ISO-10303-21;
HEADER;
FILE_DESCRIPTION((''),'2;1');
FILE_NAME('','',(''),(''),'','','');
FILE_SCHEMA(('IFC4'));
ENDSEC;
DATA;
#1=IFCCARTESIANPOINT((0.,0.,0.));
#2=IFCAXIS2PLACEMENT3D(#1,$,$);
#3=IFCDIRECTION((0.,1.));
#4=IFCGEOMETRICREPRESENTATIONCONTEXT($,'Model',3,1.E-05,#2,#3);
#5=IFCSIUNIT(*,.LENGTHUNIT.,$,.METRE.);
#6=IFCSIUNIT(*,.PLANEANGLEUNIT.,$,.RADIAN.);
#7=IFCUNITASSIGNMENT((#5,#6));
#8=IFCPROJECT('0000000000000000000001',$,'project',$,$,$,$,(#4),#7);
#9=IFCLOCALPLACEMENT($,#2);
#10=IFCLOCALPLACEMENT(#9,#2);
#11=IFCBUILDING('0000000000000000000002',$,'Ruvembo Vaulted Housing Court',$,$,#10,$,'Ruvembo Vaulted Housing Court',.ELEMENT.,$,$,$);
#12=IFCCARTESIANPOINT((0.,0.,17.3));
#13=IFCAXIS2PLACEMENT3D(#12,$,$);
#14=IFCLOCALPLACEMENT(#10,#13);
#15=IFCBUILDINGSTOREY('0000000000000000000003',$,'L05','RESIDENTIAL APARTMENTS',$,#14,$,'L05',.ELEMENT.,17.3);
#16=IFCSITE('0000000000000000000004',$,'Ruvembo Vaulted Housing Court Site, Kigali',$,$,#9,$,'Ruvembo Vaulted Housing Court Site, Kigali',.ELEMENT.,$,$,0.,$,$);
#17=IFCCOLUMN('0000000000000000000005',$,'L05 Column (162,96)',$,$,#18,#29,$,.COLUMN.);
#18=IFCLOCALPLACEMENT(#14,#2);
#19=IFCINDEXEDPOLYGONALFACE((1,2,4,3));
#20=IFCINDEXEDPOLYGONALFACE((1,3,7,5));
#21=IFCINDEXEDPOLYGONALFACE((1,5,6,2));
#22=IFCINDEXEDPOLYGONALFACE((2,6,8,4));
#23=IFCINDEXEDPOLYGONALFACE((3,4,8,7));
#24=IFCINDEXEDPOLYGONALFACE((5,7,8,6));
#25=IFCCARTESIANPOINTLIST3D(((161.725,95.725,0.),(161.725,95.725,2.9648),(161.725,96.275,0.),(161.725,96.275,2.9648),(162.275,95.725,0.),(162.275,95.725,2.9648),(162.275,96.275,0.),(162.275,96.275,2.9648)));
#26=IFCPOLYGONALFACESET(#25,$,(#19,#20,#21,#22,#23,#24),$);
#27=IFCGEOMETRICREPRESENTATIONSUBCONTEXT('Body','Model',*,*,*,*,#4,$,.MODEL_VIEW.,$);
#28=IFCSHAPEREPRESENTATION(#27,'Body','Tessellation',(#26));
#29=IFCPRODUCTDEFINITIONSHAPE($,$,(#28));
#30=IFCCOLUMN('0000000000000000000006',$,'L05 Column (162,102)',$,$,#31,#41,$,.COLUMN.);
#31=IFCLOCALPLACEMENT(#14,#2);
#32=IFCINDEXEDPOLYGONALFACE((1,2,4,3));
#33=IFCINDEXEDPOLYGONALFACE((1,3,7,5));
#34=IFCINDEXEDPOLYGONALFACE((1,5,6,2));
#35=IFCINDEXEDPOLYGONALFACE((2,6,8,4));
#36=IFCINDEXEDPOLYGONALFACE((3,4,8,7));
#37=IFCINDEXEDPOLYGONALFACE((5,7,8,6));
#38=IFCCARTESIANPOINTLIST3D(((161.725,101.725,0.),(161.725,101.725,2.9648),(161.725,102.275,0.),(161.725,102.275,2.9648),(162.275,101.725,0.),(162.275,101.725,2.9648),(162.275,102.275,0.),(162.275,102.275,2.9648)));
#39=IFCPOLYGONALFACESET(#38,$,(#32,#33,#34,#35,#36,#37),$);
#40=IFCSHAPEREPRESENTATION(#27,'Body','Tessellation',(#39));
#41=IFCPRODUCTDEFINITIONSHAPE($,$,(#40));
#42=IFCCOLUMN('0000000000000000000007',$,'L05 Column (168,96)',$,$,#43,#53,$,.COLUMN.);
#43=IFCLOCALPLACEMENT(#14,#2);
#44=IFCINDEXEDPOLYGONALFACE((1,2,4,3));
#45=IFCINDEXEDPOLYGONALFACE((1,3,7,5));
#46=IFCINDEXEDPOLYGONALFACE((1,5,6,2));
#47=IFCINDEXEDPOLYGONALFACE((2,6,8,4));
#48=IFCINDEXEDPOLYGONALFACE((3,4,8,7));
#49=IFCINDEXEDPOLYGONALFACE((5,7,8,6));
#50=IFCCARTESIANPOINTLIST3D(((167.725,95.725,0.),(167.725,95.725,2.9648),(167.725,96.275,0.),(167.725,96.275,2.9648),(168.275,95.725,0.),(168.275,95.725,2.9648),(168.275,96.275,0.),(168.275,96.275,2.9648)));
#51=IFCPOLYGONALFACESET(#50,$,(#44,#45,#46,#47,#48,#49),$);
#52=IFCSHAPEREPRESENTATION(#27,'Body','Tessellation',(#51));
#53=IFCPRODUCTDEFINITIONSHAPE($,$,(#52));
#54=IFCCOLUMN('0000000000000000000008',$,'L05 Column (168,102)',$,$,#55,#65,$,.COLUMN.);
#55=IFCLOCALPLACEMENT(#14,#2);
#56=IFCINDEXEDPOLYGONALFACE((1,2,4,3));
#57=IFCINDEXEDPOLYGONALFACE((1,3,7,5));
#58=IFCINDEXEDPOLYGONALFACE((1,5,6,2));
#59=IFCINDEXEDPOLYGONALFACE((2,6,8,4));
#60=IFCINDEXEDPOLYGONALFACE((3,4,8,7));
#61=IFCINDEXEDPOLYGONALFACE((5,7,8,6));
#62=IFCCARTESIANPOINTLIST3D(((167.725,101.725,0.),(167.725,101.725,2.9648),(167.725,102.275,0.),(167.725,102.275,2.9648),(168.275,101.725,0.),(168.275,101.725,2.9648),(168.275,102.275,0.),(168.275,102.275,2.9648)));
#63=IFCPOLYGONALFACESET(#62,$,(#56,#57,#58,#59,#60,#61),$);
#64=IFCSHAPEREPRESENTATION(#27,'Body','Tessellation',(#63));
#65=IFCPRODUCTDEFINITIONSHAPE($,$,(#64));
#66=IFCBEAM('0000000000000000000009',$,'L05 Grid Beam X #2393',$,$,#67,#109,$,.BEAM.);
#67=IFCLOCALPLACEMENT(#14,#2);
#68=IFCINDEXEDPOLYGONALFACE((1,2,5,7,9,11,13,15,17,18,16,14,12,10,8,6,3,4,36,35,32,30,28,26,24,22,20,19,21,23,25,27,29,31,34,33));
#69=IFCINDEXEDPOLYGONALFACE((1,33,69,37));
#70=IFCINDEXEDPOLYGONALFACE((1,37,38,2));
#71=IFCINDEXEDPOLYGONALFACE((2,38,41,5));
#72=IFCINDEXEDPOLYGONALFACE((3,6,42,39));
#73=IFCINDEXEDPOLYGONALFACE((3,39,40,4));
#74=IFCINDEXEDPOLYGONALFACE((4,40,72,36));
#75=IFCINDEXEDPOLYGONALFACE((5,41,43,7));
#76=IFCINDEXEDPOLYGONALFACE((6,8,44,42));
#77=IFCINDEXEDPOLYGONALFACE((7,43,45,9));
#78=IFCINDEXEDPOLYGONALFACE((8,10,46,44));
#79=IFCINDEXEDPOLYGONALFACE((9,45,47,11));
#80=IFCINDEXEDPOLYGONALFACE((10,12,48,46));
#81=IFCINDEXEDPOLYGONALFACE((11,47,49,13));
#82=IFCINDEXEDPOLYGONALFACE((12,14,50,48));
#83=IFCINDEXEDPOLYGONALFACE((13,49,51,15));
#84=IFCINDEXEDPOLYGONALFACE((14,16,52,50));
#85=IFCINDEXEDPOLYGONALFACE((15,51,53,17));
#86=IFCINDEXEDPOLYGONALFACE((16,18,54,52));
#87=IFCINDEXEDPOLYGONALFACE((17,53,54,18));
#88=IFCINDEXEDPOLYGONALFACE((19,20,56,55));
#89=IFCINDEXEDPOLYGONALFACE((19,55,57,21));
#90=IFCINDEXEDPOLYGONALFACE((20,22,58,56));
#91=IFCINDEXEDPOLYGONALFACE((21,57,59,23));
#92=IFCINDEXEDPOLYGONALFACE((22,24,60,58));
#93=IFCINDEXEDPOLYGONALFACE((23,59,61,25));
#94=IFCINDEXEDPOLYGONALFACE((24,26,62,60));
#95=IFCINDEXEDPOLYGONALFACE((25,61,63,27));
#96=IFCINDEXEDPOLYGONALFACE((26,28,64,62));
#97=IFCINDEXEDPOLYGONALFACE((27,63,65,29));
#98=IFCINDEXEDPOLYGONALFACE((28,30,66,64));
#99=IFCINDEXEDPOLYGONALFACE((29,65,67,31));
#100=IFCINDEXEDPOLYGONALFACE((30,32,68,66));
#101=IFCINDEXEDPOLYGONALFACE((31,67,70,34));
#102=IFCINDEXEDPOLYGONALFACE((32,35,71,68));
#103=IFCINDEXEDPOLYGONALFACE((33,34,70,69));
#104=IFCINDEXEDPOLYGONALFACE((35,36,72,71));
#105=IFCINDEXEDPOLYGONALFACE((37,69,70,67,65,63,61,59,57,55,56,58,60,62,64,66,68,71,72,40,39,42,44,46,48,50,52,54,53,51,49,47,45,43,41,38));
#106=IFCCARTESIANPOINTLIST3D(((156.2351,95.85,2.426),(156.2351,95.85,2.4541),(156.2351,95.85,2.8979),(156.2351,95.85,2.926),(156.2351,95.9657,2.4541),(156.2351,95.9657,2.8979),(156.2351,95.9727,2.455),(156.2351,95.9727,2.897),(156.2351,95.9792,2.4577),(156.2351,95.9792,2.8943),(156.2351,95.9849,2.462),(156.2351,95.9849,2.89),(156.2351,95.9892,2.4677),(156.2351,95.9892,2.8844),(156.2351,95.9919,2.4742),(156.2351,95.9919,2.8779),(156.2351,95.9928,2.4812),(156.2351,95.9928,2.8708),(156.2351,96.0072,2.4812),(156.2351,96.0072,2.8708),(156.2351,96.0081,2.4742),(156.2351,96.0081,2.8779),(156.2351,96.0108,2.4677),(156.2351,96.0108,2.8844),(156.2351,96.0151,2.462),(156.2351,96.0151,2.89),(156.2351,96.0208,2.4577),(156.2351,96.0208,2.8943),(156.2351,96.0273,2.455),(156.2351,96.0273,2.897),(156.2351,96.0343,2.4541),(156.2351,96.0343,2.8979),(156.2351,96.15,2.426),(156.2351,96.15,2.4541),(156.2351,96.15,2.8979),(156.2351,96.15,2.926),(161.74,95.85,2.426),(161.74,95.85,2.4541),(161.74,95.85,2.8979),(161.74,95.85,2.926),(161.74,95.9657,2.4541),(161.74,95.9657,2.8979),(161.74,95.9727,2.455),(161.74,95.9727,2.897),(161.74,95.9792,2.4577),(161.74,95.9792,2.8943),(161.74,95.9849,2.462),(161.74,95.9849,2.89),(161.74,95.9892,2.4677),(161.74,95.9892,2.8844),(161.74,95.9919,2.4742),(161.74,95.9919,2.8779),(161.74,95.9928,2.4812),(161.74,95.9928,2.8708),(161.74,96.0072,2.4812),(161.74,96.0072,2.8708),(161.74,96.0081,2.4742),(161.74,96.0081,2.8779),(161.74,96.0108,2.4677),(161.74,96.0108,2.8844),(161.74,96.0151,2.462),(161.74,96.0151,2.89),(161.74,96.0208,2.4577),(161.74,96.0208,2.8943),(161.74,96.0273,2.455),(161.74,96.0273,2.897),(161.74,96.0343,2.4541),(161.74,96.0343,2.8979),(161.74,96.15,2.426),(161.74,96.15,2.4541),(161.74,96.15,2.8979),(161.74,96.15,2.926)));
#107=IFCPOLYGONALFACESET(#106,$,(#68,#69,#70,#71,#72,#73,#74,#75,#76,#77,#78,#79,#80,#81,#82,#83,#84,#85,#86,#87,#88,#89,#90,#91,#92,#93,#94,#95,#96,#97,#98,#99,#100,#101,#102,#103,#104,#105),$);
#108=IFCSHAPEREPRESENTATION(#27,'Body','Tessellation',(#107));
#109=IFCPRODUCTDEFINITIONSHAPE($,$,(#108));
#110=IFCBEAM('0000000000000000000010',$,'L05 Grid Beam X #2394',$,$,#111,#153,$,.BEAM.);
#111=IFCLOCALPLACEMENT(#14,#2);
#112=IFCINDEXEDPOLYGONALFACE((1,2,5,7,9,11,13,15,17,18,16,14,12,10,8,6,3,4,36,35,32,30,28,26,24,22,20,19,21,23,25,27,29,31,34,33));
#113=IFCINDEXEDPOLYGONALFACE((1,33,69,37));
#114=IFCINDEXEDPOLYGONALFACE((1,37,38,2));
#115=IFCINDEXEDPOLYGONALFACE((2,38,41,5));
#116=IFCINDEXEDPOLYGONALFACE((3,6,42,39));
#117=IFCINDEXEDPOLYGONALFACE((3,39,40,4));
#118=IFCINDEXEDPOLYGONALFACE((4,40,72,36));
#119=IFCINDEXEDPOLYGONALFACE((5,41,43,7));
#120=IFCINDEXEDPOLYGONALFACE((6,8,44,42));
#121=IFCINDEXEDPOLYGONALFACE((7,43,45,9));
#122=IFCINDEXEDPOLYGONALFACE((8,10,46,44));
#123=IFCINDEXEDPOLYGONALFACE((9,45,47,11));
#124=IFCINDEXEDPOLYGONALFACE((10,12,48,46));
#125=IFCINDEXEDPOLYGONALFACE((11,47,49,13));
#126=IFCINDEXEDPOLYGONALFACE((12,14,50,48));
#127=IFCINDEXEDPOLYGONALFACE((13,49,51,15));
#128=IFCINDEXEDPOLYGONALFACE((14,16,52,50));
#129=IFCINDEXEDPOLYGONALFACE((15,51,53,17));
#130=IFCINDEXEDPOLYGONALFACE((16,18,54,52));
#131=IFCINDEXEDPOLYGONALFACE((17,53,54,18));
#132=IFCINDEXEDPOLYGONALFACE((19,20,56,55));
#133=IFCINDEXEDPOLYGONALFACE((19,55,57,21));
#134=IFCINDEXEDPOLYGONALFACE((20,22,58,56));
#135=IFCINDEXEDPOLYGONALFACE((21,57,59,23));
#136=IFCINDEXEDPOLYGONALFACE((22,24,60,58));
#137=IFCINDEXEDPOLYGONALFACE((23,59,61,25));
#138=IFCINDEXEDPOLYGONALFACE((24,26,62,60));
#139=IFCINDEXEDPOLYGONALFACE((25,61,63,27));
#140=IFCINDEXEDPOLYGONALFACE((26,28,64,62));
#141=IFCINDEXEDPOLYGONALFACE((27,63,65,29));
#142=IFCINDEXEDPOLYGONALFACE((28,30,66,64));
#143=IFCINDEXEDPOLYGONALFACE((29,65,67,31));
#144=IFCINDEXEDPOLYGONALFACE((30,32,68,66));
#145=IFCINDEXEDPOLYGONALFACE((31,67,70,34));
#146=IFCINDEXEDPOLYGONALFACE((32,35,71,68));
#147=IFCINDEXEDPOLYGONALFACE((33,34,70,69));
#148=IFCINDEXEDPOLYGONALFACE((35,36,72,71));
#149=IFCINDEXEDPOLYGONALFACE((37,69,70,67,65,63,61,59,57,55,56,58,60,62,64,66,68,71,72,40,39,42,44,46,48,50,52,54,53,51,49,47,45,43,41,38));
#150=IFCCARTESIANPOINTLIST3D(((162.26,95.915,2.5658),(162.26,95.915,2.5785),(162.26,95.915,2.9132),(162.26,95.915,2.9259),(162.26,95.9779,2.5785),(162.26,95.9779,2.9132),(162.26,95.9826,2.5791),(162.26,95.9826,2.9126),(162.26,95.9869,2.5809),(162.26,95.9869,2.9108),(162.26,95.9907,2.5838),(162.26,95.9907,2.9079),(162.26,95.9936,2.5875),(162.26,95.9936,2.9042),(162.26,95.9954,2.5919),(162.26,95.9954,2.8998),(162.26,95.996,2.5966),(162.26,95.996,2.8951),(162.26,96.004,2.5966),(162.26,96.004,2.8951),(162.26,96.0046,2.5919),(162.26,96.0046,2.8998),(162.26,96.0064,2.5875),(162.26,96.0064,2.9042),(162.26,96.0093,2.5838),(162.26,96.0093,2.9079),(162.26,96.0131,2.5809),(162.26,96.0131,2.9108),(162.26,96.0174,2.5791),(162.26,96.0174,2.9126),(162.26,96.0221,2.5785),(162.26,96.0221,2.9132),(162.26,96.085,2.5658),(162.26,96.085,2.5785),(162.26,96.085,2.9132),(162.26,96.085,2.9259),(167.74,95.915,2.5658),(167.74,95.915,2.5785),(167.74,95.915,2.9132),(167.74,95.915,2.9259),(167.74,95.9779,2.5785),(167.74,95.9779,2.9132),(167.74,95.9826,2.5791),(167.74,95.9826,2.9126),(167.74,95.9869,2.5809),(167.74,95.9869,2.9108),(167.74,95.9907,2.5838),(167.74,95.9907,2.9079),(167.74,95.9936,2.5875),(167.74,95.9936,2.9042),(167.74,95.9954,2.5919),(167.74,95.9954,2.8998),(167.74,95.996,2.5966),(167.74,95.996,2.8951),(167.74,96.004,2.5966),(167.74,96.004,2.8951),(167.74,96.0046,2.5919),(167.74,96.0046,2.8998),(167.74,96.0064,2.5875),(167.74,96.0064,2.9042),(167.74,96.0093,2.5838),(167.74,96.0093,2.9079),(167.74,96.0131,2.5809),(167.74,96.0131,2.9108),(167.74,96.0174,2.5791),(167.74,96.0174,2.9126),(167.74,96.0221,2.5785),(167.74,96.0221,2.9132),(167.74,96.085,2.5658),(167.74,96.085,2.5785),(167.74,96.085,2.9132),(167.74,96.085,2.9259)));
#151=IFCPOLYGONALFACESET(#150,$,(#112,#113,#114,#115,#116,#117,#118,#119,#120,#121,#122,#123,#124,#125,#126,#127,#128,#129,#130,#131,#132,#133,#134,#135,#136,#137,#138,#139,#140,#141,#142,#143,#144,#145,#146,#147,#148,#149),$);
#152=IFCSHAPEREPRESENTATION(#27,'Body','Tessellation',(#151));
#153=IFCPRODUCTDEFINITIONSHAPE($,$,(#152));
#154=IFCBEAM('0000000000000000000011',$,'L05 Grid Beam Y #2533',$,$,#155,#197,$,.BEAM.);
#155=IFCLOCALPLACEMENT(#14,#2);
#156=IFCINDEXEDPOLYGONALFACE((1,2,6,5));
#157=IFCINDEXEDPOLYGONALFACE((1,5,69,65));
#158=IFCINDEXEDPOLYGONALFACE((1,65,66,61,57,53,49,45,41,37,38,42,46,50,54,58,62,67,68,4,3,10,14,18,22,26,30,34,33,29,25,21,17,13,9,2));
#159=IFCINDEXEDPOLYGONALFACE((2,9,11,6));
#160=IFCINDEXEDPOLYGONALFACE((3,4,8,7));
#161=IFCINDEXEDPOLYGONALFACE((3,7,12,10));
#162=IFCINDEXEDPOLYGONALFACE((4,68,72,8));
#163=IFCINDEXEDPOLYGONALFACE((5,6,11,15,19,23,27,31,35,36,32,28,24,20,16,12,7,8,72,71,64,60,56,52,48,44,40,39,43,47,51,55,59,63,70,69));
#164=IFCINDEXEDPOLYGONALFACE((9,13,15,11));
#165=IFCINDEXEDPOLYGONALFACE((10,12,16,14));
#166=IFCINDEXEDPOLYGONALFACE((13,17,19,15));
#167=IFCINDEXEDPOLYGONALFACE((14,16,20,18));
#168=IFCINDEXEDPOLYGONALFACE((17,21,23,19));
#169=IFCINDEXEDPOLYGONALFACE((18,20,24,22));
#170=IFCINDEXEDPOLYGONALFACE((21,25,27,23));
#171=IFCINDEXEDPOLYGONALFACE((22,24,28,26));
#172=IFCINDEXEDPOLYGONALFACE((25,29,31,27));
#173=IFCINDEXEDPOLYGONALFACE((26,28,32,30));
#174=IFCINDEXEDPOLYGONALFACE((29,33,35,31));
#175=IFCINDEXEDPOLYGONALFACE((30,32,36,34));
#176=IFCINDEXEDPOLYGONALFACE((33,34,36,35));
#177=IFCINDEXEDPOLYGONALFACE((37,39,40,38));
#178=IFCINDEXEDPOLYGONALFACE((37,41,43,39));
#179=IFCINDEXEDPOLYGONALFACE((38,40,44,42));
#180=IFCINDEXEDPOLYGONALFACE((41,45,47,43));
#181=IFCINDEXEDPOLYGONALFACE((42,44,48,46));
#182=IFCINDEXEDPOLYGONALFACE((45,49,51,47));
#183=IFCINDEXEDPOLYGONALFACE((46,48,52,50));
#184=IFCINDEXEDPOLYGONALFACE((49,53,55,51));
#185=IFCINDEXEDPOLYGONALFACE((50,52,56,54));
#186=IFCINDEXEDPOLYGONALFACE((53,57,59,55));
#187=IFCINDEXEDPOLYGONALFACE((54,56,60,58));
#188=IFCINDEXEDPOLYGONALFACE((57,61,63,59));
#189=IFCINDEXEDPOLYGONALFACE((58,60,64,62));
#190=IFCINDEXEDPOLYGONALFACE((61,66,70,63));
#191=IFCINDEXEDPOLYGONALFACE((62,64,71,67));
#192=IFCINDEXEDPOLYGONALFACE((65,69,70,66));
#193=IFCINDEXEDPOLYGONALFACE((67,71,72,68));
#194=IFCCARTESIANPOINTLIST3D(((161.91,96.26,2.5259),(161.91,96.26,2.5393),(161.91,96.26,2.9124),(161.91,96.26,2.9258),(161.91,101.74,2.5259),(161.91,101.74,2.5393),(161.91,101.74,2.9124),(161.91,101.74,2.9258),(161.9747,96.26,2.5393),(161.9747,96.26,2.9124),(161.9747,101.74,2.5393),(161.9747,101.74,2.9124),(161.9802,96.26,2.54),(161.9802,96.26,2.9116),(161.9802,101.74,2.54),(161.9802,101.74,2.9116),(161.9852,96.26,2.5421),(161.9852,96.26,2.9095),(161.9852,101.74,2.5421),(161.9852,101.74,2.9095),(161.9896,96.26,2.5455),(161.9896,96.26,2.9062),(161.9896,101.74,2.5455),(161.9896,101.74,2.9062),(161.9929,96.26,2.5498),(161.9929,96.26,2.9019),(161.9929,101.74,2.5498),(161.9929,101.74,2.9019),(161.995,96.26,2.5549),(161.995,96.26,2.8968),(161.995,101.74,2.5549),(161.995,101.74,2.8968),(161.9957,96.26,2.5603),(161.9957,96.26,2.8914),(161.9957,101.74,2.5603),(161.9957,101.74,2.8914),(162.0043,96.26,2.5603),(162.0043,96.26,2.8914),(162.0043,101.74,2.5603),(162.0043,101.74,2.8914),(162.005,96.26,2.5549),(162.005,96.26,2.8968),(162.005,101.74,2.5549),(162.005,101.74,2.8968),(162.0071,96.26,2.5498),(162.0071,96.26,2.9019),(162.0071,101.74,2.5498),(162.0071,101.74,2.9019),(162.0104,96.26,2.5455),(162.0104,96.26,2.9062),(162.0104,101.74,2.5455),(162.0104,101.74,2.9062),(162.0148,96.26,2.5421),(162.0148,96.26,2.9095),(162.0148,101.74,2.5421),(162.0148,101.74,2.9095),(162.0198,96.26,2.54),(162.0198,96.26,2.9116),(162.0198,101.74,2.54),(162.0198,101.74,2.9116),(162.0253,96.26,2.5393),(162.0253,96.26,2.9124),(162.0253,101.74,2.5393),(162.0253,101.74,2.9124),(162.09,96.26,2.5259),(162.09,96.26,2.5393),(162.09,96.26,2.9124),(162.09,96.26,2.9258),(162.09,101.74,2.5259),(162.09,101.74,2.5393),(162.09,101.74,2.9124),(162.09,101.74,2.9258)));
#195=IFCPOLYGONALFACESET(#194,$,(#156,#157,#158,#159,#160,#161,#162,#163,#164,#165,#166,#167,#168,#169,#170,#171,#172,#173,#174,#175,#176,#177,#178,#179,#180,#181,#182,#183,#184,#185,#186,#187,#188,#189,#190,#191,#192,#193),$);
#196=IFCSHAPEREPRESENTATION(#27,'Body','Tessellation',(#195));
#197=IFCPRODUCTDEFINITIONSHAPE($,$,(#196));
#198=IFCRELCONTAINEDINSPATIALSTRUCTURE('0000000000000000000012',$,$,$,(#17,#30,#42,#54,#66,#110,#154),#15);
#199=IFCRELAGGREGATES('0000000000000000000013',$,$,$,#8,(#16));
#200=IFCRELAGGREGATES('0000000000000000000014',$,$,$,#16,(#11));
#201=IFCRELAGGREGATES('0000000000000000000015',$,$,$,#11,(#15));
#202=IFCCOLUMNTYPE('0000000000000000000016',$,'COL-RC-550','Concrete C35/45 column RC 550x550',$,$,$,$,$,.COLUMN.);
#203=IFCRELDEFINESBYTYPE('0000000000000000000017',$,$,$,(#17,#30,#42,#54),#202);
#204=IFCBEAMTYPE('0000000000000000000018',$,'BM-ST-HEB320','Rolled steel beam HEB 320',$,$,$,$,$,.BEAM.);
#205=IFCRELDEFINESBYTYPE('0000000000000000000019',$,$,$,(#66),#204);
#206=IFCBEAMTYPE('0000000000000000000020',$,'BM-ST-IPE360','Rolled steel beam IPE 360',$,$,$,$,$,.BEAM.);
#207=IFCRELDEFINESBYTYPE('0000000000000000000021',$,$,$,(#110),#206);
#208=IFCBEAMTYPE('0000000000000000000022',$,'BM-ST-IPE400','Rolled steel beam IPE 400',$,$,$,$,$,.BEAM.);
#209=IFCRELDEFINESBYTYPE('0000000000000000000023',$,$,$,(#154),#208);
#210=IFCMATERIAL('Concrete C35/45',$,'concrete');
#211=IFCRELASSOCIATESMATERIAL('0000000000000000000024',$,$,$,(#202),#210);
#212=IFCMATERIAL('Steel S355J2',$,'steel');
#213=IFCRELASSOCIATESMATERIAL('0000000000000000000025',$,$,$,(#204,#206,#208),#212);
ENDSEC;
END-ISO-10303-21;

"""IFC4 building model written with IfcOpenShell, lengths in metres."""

from ifc_helpers import new_model, si_unit, direction, frame, origin, origin_2d, place, context, subcontext, project, spatial, rectangle, i_section, extrude, material, material_profile, profile_set, type_object, element, save


model = new_model("IFC4")

# Units and contexts
model_context = context("Model", 3, precision=1e-05, world=origin(), true_north=direction((0.0, 1.0)))
body_context = subcontext(model_context, "Body", "Model", "MODEL_VIEW")
ifc_project = project(units=[si_unit("LENGTHUNIT", "METRE"), si_unit("PLANEANGLEUNIT", "RADIAN")], contexts=[model_context])

# Site, building, storey
site_placement = place(None, origin())
site = spatial("IfcSite", under=ifc_project, at=site_placement, Name="Ruvembo Vaulted Housing Court Site, Kigali", LongName="Ruvembo Vaulted Housing Court Site, Kigali", CompositionType="ELEMENT", RefElevation=0.0)
building_placement = place(site_placement, origin())
building = spatial("IfcBuilding", under=site, at=building_placement, Name="Ruvembo Vaulted Housing Court", LongName="Ruvembo Vaulted Housing Court", CompositionType="ELEMENT")
storey_placement = place(building_placement, frame((0.0, 0.0, 17.3)))
storey = spatial("IfcBuildingStorey", under=building, at=storey_placement, Name="L05", Description="RESIDENTIAL APARTMENTS", LongName="L05", CompositionType="ELEMENT", Elevation=17.3)

# Columns
ifc_material_1 = material(Name="Concrete C35/45", Category="concrete")
ifc_material_profile_1 = material_profile(ifc_material_1, rectangle(XDim=0.55, YDim=0.55, at=origin_2d()), Name="RC 550x550")
ifc_profile_set_1 = profile_set([ifc_material_profile_1], Name="Concrete C35/45")
column_type = type_object("IfcColumnType", Name="COL-RC-550", Description="Concrete C35/45 column RC 550x550", PredefinedType="COLUMN", material=ifc_profile_set_1)
for number, where, z_axis, x_axis, name in (
    (1, (162.0, 96.0, 0.0), (0.0, 0.0, 1.0), (1.0, 0.0, 0.0), "L05 Column (162,96)"),
    (2, (162.0, 102.0, 0.0), (0.0, 0.0, 1.0), (1.0, 0.0, 0.0), "L05 Column (162,102)"),
    (3, (168.0, 96.0, 0.0), (0.0, 0.0, 1.0), (1.0, 0.0, 0.0), "L05 Column (168,96)"),
    (4, (168.0, 102.0, 0.0), (0.0, 0.0, 1.0), (1.0, 0.0, 0.0), "L05 Column (168,102)"),
):
    element("IfcColumn", number, at=place(storey_placement, frame(where, z_axis=z_axis, x_axis=x_axis)), inside=storey, type_object=column_type, Name=name, PredefinedType="COLUMN", context=body_context, shape_type="SweptSolid", body=[
        extrude(rectangle(XDim=0.55, YDim=0.55, at=origin_2d()), origin(), (0.0, 0.0, 1.0), 2.9648),
    ])

# Beams
ifc_material_2 = material(Name="Steel S355J2", Category="steel")
ifc_material_profile_2 = material_profile(ifc_material_2, i_section(OverallWidth=0.3, OverallDepth=0.5, WebThickness=0.0144, FlangeThickness=0.0281, FilletRadius=0.0271, at=origin_2d()), Name="HEB 320")
ifc_profile_set_2 = profile_set([ifc_material_profile_2], Name="Steel S355J2")
beam_type_1 = type_object("IfcBeamType", Name="BM-ST-HEB320", Description="Rolled steel beam HEB 320", PredefinedType="BEAM", material=ifc_profile_set_2)
beam_1_placement = place(storey_placement, frame((156.2351, 96.0, 2.676), z_axis=(1.0, 0.0, 0.0), x_axis=(0.0, 1.0, 0.0)))
element("IfcBeam", 5, at=beam_1_placement, inside=storey, type_object=beam_type_1, Name="L05 Grid Beam X #2393", PredefinedType="BEAM", context=body_context, shape_type="SweptSolid", body=[
    extrude(i_section(OverallWidth=0.3, OverallDepth=0.5, WebThickness=0.0144, FlangeThickness=0.0281, FilletRadius=0.0271, at=origin_2d()), origin(), (0.0, 0.0, 1.0), 5.5049),
])
ifc_material_profile_3 = material_profile(ifc_material_2, i_section(OverallWidth=0.1699, OverallDepth=0.3601, WebThickness=0.0081, FlangeThickness=0.0127, FilletRadius=0.0181, at=origin_2d()), Name="IPE 360")
ifc_profile_set_3 = profile_set([ifc_material_profile_3], Name="Steel S355J2")
beam_type_2 = type_object("IfcBeamType", Name="BM-ST-IPE360", Description="Rolled steel beam IPE 360", PredefinedType="BEAM", material=ifc_profile_set_3)
beam_2_placement = place(storey_placement, frame((162.26, 96.0, 2.7458), z_axis=(1.0, 0.0, 0.0), x_axis=(0.0, 1.0, 0.0)))
element("IfcBeam", 6, at=beam_2_placement, inside=storey, type_object=beam_type_2, Name="L05 Grid Beam X #2394", PredefinedType="BEAM", context=body_context, shape_type="SweptSolid", body=[
    extrude(i_section(OverallWidth=0.1699, OverallDepth=0.3601, WebThickness=0.0081, FlangeThickness=0.0127, FilletRadius=0.0181, at=origin_2d()), origin(), (0.0, 0.0, 1.0), 5.48),
])
ifc_material_profile_4 = material_profile(ifc_material_2, i_section(OverallWidth=0.1799, OverallDepth=0.3999, WebThickness=0.0085, FlangeThickness=0.0134, FilletRadius=0.021, at=origin_2d()), Name="IPE 400")
ifc_profile_set_4 = profile_set([ifc_material_profile_4], Name="Steel S355J2")
beam_type_3 = type_object("IfcBeamType", Name="BM-ST-IPE400", Description="Rolled steel beam IPE 400", PredefinedType="BEAM", material=ifc_profile_set_4)
beam_3_placement = place(storey_placement, frame((162.0, 96.26, 2.7258), z_axis=(0.0, 1.0, 0.0), x_axis=(-1.0, 0.0, 0.0)))
element("IfcBeam", 7, at=beam_3_placement, inside=storey, type_object=beam_type_3, Name="L05 Grid Beam Y #2533", PredefinedType="BEAM", context=body_context, shape_type="SweptSolid", body=[
    extrude(i_section(OverallWidth=0.1799, OverallDepth=0.3999, WebThickness=0.0085, FlangeThickness=0.0134, FilletRadius=0.021, at=origin_2d()), origin(), (0.0, 0.0, 1.0), 5.48),
])

save(model, "model.ifc")
